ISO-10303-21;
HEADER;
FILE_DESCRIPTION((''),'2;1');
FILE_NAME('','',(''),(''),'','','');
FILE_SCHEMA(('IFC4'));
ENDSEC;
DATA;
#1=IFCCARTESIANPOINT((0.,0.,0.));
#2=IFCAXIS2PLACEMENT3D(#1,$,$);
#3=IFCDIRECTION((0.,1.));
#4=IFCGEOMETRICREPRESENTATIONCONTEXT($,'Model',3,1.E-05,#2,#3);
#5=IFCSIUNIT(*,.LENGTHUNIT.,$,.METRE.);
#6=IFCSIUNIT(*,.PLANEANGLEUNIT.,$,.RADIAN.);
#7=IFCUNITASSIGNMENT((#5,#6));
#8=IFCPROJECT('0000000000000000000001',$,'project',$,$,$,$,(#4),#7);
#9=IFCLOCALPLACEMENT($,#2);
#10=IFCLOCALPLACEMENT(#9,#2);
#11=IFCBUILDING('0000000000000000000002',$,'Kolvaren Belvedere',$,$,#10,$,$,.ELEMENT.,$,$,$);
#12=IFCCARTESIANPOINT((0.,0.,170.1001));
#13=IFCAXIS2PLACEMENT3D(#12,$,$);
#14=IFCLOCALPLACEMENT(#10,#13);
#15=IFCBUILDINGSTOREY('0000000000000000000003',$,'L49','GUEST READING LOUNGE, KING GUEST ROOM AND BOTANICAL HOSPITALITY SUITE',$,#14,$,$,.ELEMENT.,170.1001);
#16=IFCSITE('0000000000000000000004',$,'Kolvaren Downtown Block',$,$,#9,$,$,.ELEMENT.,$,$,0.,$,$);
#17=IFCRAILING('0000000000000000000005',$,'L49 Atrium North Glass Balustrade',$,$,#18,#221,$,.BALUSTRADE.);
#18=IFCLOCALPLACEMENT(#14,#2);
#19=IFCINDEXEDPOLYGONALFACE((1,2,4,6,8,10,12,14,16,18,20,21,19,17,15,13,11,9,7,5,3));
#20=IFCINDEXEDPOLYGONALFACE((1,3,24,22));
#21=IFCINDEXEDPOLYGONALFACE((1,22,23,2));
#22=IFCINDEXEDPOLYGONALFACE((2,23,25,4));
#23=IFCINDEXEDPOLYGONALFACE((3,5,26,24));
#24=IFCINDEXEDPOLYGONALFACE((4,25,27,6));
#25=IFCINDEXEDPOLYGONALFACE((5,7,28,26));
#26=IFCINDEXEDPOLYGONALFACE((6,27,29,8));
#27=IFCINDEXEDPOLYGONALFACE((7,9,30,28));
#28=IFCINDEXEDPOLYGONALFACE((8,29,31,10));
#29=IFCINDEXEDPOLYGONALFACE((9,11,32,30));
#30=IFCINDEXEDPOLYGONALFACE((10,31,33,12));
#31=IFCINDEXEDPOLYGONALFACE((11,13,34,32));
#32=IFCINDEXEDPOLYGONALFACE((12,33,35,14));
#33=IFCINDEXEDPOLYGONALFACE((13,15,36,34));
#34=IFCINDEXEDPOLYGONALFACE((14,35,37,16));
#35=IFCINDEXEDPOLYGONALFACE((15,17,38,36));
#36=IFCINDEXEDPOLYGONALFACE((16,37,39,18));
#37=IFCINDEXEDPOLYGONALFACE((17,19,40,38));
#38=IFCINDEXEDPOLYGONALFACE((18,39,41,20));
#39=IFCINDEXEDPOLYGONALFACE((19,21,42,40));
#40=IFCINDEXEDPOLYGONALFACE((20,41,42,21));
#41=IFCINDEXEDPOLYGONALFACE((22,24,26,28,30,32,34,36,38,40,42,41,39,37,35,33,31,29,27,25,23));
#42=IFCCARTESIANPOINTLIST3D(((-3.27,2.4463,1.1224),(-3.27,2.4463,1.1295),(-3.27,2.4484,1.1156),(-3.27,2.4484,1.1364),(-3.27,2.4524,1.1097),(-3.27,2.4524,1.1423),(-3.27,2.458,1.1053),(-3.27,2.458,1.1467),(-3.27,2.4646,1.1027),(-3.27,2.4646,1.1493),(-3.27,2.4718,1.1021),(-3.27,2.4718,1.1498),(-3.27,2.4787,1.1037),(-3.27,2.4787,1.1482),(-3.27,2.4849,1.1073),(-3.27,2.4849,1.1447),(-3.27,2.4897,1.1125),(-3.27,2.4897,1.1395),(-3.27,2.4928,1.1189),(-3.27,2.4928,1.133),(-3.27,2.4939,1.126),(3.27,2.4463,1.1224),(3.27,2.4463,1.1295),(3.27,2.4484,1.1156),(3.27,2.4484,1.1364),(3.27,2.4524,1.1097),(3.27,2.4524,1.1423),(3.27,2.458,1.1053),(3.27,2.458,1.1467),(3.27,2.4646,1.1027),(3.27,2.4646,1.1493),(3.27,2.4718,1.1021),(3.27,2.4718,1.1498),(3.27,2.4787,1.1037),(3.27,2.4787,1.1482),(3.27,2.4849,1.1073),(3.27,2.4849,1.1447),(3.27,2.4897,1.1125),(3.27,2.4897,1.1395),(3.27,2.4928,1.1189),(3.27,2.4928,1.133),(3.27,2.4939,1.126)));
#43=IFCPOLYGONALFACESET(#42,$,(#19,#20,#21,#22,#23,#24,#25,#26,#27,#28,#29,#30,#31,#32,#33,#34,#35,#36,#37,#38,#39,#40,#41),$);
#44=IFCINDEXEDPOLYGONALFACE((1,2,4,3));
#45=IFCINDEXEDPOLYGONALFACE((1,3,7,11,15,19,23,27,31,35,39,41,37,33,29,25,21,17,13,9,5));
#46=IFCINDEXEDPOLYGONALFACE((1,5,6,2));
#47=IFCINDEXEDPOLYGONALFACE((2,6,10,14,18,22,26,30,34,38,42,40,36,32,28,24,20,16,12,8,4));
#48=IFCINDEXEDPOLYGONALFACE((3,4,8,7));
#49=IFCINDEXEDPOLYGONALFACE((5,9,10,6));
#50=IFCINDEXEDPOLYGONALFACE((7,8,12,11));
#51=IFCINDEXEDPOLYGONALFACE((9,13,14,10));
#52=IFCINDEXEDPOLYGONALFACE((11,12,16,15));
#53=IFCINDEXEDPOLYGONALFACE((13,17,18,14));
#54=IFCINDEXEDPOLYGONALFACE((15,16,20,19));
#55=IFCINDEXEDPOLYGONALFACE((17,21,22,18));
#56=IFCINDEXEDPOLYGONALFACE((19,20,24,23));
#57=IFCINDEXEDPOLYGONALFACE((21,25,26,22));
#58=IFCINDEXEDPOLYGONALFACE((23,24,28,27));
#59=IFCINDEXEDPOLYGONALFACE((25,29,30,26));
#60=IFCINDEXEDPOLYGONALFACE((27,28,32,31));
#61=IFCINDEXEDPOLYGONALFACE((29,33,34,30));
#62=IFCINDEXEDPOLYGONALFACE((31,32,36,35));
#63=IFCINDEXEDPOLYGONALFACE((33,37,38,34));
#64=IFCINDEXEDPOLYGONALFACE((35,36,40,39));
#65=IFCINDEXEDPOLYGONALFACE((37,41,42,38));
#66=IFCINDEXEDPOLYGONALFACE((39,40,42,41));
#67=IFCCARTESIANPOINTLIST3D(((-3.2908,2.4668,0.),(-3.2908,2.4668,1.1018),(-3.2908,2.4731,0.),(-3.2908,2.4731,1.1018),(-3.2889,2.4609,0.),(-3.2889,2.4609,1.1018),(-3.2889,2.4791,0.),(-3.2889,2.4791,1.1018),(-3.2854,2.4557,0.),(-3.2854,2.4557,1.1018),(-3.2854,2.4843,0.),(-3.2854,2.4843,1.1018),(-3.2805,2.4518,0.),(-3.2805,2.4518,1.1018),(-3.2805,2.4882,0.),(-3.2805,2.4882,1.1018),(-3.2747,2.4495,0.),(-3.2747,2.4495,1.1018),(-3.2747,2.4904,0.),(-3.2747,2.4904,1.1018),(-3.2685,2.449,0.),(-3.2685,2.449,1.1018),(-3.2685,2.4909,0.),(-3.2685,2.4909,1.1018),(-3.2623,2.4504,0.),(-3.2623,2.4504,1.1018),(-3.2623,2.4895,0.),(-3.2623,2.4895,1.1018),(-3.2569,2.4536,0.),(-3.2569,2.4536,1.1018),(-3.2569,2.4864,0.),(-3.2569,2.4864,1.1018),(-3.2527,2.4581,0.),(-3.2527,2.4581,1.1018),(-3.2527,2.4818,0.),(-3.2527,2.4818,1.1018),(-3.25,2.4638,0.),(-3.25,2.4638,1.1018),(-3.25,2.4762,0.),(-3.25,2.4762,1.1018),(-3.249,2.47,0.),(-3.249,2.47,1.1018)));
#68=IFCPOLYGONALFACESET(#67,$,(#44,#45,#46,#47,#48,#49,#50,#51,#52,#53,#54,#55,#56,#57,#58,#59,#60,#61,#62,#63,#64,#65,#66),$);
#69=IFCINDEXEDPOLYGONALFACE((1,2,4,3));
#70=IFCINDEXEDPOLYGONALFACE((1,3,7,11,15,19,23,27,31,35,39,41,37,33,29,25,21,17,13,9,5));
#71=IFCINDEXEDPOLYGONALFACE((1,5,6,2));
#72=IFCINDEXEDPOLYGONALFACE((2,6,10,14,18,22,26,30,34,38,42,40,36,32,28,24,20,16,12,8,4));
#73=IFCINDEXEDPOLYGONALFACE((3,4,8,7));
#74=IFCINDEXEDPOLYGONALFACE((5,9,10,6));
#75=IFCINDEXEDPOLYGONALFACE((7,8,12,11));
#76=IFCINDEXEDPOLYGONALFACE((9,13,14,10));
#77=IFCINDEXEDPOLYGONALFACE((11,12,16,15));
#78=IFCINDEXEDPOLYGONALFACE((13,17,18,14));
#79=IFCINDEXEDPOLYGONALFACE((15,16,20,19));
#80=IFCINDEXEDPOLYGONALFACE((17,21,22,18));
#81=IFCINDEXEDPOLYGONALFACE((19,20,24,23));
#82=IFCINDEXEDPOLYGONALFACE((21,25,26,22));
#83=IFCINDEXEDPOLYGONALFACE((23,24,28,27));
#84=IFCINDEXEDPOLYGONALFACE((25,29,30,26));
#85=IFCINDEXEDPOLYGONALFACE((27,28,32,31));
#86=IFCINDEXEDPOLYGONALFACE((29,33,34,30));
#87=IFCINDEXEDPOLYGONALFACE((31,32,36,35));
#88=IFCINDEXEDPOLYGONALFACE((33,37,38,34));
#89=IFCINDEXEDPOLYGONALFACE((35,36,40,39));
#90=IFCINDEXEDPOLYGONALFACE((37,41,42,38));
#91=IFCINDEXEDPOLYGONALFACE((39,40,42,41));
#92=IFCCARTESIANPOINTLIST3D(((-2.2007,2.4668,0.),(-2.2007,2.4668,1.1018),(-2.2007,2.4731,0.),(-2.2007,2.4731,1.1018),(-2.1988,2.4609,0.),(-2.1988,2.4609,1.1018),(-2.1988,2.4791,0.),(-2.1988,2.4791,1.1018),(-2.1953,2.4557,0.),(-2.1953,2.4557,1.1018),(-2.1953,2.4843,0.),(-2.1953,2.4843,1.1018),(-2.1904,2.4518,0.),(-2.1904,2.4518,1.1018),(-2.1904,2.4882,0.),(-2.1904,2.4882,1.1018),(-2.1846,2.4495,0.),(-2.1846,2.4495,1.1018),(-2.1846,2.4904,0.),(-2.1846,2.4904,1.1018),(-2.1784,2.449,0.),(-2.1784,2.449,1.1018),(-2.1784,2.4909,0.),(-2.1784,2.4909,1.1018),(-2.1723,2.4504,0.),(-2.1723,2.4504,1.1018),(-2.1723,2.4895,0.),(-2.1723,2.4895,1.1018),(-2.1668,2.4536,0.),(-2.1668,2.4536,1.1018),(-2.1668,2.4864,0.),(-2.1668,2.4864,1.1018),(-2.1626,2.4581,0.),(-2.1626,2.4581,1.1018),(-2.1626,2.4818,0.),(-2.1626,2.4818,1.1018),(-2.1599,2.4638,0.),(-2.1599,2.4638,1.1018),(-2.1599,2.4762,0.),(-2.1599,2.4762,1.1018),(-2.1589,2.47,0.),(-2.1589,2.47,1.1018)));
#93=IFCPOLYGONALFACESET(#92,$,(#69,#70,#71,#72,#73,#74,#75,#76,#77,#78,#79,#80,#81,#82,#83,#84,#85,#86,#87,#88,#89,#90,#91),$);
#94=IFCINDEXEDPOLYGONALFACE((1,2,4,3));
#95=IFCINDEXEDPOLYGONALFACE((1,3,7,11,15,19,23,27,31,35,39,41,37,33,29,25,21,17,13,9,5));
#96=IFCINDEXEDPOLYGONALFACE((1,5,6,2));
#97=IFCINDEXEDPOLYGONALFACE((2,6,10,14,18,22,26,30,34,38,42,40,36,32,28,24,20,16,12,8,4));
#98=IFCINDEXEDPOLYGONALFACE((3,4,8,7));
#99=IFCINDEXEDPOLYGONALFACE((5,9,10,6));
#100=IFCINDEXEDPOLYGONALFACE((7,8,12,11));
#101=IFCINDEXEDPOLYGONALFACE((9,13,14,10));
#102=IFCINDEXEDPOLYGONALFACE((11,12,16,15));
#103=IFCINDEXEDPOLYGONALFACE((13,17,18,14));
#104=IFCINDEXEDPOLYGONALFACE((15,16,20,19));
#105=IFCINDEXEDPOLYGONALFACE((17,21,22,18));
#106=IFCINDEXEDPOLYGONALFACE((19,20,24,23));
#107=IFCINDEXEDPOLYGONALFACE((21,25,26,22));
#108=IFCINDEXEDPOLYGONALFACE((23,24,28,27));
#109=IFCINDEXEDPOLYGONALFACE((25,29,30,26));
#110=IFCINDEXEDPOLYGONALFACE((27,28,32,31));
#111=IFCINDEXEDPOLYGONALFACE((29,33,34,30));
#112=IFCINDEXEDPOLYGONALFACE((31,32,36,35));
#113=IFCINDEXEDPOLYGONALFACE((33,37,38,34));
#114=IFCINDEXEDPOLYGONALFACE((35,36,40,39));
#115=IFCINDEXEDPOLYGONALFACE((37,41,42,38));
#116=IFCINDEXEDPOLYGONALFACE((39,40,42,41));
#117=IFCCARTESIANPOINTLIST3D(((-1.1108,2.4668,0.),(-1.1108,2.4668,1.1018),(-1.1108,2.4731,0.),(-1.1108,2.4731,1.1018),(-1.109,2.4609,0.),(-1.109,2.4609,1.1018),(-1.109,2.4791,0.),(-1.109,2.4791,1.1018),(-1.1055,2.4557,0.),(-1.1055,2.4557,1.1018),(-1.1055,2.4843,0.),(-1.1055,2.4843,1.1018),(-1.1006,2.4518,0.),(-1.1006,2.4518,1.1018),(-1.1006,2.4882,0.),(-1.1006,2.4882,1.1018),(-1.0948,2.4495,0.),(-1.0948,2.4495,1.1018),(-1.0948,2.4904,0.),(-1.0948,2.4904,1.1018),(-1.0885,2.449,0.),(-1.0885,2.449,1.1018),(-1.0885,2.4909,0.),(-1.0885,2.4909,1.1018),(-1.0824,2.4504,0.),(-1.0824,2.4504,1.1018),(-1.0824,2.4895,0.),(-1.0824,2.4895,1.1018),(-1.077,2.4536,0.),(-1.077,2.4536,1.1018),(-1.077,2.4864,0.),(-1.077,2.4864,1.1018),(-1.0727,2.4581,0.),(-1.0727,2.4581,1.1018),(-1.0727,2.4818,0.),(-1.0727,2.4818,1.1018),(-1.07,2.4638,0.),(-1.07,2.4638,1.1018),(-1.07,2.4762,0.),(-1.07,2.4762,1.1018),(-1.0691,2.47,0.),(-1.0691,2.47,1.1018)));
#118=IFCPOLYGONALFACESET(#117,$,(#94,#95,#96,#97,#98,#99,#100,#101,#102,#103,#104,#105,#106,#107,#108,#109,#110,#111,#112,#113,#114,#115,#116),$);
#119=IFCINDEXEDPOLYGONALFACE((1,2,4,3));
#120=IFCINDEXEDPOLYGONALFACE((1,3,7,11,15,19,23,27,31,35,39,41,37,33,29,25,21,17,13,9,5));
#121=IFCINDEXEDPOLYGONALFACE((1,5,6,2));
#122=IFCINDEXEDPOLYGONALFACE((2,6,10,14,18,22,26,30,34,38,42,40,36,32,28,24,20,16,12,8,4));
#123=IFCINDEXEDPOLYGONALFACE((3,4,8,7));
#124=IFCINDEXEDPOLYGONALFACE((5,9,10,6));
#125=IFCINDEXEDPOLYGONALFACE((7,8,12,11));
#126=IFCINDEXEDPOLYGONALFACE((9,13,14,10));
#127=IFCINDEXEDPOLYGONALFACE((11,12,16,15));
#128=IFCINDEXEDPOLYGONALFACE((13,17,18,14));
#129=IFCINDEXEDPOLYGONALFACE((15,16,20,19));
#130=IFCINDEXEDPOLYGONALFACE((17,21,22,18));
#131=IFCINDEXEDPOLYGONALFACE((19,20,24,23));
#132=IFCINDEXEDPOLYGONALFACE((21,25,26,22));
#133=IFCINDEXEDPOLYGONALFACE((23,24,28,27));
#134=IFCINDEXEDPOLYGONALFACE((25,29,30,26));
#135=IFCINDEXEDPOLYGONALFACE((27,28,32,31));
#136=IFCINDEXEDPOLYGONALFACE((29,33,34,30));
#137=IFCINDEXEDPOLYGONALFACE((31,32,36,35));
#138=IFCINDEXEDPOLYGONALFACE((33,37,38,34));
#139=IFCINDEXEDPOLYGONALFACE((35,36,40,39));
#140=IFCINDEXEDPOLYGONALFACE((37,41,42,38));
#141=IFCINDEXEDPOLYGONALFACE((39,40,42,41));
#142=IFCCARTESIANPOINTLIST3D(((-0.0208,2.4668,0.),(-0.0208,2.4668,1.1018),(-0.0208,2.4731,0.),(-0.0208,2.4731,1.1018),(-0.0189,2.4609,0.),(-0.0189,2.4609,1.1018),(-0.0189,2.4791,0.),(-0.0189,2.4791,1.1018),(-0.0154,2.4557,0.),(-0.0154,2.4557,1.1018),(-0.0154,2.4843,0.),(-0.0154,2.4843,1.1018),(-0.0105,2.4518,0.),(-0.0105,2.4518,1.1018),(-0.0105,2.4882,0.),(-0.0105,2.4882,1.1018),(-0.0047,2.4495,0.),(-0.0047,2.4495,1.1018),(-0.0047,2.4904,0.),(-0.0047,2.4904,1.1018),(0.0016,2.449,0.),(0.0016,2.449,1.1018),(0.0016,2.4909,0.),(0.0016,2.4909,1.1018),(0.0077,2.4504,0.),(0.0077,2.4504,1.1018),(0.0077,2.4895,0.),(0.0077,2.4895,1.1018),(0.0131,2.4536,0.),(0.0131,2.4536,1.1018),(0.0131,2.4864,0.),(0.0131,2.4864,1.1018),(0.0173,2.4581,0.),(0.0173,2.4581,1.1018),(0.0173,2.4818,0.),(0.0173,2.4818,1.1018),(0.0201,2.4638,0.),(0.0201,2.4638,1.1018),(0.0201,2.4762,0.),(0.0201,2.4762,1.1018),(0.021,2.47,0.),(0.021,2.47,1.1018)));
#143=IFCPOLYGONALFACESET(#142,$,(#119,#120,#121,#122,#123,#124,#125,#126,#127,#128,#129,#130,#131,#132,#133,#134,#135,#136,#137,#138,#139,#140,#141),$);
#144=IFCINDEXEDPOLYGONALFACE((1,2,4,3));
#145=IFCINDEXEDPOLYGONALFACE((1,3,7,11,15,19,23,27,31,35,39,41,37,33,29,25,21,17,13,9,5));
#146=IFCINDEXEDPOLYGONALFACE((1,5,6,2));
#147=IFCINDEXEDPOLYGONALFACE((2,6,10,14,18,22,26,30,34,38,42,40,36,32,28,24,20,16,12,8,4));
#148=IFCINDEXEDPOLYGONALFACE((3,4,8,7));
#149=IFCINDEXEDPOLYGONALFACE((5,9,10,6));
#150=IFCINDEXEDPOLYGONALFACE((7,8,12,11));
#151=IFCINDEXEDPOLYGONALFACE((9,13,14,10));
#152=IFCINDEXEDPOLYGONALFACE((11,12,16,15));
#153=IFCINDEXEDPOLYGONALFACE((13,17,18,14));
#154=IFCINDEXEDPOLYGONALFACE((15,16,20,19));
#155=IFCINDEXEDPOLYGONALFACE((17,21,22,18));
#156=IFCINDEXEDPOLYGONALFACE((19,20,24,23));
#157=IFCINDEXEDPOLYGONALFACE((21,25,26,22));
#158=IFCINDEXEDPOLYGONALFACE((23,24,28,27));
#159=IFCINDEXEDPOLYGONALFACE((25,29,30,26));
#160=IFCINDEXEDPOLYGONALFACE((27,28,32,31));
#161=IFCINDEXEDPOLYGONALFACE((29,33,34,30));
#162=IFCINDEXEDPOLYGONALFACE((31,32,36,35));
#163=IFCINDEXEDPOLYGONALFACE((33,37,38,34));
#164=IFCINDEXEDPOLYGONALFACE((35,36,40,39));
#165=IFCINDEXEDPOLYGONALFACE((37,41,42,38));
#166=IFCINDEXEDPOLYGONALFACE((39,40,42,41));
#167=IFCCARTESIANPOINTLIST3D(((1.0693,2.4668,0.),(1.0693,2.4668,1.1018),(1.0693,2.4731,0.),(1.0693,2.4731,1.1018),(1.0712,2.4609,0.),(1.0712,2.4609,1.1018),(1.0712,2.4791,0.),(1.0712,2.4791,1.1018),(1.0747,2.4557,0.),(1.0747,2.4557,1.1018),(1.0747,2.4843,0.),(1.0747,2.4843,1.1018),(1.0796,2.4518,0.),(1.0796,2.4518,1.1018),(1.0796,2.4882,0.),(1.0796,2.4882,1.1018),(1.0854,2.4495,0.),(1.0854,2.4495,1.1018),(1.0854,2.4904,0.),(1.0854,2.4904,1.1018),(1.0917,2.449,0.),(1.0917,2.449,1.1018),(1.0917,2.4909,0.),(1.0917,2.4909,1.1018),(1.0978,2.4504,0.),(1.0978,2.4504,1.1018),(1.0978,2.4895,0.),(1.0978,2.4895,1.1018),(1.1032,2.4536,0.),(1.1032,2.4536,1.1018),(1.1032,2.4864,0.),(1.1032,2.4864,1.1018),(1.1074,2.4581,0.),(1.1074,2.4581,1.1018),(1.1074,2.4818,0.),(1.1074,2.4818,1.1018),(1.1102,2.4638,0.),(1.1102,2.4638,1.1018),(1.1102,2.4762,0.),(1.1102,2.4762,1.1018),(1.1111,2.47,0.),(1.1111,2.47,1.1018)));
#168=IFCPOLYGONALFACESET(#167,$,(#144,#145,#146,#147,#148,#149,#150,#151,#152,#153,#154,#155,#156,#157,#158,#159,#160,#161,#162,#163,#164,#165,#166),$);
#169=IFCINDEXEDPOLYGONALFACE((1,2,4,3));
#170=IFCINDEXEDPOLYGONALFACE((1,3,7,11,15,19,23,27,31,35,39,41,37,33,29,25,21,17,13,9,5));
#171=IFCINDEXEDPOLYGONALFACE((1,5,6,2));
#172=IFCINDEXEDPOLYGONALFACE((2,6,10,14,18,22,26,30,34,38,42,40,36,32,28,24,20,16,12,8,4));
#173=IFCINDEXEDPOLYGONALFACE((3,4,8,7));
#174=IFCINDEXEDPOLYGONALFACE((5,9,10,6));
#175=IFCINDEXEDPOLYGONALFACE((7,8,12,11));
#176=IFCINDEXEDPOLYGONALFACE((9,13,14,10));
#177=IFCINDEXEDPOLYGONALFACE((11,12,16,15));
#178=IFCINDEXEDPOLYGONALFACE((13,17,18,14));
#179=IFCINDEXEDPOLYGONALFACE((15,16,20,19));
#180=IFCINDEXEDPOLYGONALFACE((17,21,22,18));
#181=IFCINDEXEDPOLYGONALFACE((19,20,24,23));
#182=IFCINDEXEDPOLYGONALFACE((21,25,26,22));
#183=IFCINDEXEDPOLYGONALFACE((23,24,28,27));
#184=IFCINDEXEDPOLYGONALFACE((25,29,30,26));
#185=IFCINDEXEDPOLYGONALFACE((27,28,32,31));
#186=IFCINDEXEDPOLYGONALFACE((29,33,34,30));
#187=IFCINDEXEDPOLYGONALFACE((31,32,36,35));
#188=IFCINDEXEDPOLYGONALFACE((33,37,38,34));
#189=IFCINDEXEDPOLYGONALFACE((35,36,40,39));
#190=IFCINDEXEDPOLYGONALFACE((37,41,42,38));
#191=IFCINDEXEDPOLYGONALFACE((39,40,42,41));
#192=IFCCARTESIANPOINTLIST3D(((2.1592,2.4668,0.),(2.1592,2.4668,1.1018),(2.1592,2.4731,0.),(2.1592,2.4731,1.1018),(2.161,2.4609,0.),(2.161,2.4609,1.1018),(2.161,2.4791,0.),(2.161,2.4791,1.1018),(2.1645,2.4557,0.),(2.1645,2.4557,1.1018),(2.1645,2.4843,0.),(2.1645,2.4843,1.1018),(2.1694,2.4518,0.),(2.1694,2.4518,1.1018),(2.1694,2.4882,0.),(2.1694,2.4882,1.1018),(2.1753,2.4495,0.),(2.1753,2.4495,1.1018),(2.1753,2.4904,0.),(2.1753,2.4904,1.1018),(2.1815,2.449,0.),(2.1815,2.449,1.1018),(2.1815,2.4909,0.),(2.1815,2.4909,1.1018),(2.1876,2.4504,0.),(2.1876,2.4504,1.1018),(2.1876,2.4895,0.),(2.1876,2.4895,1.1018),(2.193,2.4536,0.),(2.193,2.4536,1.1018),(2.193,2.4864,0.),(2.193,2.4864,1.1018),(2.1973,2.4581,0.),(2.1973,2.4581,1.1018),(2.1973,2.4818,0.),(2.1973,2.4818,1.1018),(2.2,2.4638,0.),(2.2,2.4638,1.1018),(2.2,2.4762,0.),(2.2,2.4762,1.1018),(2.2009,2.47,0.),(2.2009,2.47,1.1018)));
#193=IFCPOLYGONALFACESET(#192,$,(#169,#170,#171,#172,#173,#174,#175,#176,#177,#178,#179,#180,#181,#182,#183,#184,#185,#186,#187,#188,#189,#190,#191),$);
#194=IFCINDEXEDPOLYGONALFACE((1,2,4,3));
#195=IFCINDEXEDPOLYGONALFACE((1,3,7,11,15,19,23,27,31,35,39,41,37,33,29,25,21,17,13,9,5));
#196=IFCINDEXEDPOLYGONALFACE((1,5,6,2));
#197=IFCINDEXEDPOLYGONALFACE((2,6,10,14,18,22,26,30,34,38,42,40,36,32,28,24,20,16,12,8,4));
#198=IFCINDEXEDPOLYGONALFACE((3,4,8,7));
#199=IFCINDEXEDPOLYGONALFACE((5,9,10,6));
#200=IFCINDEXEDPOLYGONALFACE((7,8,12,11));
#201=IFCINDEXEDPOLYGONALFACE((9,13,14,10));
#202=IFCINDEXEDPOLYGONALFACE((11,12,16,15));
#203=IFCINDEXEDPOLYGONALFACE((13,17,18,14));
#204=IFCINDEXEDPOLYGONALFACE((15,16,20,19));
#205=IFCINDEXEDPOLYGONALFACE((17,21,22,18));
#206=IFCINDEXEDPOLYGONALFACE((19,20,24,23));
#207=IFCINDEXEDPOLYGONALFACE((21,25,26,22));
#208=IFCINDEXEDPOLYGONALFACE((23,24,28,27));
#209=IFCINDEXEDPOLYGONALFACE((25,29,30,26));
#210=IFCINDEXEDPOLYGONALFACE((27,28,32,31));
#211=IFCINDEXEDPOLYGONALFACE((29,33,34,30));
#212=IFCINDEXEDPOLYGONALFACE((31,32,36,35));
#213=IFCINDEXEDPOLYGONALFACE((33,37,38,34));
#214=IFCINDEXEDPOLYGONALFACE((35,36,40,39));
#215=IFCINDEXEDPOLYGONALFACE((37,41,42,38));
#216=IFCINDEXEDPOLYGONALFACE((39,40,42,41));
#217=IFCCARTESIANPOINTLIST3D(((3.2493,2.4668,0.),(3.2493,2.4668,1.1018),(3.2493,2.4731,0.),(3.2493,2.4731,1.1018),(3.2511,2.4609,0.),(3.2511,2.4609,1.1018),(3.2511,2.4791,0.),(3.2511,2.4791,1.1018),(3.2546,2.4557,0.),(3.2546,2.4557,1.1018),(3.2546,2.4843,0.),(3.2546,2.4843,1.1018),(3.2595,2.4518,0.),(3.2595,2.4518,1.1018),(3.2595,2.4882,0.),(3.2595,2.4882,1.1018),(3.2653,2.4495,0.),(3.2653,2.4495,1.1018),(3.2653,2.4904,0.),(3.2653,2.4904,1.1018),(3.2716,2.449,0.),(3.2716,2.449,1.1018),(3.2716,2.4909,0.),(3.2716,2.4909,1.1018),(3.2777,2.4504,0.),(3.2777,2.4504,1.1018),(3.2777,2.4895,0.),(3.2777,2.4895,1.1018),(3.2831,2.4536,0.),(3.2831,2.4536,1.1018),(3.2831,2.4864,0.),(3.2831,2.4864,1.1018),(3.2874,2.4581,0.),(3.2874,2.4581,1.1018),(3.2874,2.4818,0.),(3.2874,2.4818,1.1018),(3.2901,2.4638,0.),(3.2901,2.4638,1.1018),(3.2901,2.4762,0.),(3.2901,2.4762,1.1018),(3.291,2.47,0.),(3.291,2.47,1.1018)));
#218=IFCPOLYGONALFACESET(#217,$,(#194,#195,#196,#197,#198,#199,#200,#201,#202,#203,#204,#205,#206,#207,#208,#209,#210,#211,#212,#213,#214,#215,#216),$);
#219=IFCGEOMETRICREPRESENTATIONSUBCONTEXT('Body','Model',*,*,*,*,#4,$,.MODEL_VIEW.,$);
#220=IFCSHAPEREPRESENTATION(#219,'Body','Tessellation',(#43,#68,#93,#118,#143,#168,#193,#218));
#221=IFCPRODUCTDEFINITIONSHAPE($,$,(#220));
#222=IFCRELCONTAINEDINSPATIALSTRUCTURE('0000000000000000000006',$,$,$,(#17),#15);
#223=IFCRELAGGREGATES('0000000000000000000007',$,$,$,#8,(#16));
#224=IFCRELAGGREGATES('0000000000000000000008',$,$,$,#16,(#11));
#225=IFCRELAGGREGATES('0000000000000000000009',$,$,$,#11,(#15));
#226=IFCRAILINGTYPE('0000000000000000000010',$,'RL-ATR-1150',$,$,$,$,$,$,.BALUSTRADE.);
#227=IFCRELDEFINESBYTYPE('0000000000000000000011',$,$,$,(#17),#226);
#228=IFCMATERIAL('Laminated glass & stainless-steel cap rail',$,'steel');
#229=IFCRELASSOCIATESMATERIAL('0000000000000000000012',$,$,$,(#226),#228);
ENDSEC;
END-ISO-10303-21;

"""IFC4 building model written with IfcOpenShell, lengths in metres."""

from ifc_helpers import new_model, si_unit, direction, frame, origin, origin_2d, place, context, subcontext, project, spatial, circle, extrude, material, type_object, element, save


model = new_model("IFC4")

# Units and contexts
model_context = context("Model", 3, precision=1e-05, world=origin(), true_north=direction((0.0, 1.0)))
body_context = subcontext(model_context, "Body", "Model", "MODEL_VIEW")
ifc_project = project(units=[si_unit("LENGTHUNIT", "METRE"), si_unit("PLANEANGLEUNIT", "RADIAN")], contexts=[model_context])

# Site, building, storey
site_placement = place(None, origin())
site = spatial("IfcSite", under=ifc_project, at=site_placement, Name="Kolvaren Downtown Block", CompositionType="ELEMENT", RefElevation=0.0)
building_placement = place(site_placement, origin())
building = spatial("IfcBuilding", under=site, at=building_placement, Name="Kolvaren Belvedere", CompositionType="ELEMENT")
storey_placement = place(building_placement, frame((0.0, 0.0, 170.1001)))
storey = spatial("IfcBuildingStorey", under=building, at=storey_placement, Name="L49", Description="GUEST READING LOUNGE, KING GUEST ROOM AND BOTANICAL HOSPITALITY SUITE", CompositionType="ELEMENT", Elevation=170.1001)

# Railing
ifc_material_1 = material(Name="Laminated glass & stainless-steel cap rail", Category="steel")
railing_type_1 = type_object("IfcRailingType", Name="RL-ATR-1150", PredefinedType="BALUSTRADE", material=ifc_material_1)
railing_1_placement = place(storey_placement, frame((-3.27, 2.47, 0.0)))
element("IfcRailing", 1, at=railing_1_placement, inside=storey, type_object=railing_type_1, Name="L49 Atrium North Glass Balustrade", PredefinedType="BALUSTRADE", context=body_context, shape_type="SweptSolid", body=[
    extrude(circle(Radius=0.0239, at=origin_2d()), frame((0.0, 0.0, 1.126), z_axis=(1.0, 0.0, 0.0), x_axis=(0.0, 1.0, 0.0)), (0.0, 0.0, 1.0), 6.54),
    extrude(circle(Radius=0.021, at=origin_2d()), origin(), (0.0, 0.0, 1.0), 1.1018),
    extrude(circle(Radius=0.021, at=origin_2d()), frame((1.0901, 0.0, 0.0)), (0.0, 0.0, 1.0), 1.1018),
    extrude(circle(Radius=0.021, at=origin_2d()), frame((2.1799, 0.0, 0.0)), (0.0, 0.0, 1.0), 1.1018),
    extrude(circle(Radius=0.021, at=origin_2d()), frame((3.27, 0.0, 0.0)), (0.0, 0.0, 1.0), 1.1018),
    extrude(circle(Radius=0.021, at=origin_2d()), frame((4.3601, 0.0, 0.0)), (0.0, 0.0, 1.0), 1.1018),
    extrude(circle(Radius=0.021, at=origin_2d()), frame((5.45, 0.0, 0.0)), (0.0, 0.0, 1.0), 1.1018),
    extrude(circle(Radius=0.021, at=origin_2d()), frame((6.54, 0.0, 0.0)), (0.0, 0.0, 1.0), 1.1018),
])

save(model, "model.ifc")
